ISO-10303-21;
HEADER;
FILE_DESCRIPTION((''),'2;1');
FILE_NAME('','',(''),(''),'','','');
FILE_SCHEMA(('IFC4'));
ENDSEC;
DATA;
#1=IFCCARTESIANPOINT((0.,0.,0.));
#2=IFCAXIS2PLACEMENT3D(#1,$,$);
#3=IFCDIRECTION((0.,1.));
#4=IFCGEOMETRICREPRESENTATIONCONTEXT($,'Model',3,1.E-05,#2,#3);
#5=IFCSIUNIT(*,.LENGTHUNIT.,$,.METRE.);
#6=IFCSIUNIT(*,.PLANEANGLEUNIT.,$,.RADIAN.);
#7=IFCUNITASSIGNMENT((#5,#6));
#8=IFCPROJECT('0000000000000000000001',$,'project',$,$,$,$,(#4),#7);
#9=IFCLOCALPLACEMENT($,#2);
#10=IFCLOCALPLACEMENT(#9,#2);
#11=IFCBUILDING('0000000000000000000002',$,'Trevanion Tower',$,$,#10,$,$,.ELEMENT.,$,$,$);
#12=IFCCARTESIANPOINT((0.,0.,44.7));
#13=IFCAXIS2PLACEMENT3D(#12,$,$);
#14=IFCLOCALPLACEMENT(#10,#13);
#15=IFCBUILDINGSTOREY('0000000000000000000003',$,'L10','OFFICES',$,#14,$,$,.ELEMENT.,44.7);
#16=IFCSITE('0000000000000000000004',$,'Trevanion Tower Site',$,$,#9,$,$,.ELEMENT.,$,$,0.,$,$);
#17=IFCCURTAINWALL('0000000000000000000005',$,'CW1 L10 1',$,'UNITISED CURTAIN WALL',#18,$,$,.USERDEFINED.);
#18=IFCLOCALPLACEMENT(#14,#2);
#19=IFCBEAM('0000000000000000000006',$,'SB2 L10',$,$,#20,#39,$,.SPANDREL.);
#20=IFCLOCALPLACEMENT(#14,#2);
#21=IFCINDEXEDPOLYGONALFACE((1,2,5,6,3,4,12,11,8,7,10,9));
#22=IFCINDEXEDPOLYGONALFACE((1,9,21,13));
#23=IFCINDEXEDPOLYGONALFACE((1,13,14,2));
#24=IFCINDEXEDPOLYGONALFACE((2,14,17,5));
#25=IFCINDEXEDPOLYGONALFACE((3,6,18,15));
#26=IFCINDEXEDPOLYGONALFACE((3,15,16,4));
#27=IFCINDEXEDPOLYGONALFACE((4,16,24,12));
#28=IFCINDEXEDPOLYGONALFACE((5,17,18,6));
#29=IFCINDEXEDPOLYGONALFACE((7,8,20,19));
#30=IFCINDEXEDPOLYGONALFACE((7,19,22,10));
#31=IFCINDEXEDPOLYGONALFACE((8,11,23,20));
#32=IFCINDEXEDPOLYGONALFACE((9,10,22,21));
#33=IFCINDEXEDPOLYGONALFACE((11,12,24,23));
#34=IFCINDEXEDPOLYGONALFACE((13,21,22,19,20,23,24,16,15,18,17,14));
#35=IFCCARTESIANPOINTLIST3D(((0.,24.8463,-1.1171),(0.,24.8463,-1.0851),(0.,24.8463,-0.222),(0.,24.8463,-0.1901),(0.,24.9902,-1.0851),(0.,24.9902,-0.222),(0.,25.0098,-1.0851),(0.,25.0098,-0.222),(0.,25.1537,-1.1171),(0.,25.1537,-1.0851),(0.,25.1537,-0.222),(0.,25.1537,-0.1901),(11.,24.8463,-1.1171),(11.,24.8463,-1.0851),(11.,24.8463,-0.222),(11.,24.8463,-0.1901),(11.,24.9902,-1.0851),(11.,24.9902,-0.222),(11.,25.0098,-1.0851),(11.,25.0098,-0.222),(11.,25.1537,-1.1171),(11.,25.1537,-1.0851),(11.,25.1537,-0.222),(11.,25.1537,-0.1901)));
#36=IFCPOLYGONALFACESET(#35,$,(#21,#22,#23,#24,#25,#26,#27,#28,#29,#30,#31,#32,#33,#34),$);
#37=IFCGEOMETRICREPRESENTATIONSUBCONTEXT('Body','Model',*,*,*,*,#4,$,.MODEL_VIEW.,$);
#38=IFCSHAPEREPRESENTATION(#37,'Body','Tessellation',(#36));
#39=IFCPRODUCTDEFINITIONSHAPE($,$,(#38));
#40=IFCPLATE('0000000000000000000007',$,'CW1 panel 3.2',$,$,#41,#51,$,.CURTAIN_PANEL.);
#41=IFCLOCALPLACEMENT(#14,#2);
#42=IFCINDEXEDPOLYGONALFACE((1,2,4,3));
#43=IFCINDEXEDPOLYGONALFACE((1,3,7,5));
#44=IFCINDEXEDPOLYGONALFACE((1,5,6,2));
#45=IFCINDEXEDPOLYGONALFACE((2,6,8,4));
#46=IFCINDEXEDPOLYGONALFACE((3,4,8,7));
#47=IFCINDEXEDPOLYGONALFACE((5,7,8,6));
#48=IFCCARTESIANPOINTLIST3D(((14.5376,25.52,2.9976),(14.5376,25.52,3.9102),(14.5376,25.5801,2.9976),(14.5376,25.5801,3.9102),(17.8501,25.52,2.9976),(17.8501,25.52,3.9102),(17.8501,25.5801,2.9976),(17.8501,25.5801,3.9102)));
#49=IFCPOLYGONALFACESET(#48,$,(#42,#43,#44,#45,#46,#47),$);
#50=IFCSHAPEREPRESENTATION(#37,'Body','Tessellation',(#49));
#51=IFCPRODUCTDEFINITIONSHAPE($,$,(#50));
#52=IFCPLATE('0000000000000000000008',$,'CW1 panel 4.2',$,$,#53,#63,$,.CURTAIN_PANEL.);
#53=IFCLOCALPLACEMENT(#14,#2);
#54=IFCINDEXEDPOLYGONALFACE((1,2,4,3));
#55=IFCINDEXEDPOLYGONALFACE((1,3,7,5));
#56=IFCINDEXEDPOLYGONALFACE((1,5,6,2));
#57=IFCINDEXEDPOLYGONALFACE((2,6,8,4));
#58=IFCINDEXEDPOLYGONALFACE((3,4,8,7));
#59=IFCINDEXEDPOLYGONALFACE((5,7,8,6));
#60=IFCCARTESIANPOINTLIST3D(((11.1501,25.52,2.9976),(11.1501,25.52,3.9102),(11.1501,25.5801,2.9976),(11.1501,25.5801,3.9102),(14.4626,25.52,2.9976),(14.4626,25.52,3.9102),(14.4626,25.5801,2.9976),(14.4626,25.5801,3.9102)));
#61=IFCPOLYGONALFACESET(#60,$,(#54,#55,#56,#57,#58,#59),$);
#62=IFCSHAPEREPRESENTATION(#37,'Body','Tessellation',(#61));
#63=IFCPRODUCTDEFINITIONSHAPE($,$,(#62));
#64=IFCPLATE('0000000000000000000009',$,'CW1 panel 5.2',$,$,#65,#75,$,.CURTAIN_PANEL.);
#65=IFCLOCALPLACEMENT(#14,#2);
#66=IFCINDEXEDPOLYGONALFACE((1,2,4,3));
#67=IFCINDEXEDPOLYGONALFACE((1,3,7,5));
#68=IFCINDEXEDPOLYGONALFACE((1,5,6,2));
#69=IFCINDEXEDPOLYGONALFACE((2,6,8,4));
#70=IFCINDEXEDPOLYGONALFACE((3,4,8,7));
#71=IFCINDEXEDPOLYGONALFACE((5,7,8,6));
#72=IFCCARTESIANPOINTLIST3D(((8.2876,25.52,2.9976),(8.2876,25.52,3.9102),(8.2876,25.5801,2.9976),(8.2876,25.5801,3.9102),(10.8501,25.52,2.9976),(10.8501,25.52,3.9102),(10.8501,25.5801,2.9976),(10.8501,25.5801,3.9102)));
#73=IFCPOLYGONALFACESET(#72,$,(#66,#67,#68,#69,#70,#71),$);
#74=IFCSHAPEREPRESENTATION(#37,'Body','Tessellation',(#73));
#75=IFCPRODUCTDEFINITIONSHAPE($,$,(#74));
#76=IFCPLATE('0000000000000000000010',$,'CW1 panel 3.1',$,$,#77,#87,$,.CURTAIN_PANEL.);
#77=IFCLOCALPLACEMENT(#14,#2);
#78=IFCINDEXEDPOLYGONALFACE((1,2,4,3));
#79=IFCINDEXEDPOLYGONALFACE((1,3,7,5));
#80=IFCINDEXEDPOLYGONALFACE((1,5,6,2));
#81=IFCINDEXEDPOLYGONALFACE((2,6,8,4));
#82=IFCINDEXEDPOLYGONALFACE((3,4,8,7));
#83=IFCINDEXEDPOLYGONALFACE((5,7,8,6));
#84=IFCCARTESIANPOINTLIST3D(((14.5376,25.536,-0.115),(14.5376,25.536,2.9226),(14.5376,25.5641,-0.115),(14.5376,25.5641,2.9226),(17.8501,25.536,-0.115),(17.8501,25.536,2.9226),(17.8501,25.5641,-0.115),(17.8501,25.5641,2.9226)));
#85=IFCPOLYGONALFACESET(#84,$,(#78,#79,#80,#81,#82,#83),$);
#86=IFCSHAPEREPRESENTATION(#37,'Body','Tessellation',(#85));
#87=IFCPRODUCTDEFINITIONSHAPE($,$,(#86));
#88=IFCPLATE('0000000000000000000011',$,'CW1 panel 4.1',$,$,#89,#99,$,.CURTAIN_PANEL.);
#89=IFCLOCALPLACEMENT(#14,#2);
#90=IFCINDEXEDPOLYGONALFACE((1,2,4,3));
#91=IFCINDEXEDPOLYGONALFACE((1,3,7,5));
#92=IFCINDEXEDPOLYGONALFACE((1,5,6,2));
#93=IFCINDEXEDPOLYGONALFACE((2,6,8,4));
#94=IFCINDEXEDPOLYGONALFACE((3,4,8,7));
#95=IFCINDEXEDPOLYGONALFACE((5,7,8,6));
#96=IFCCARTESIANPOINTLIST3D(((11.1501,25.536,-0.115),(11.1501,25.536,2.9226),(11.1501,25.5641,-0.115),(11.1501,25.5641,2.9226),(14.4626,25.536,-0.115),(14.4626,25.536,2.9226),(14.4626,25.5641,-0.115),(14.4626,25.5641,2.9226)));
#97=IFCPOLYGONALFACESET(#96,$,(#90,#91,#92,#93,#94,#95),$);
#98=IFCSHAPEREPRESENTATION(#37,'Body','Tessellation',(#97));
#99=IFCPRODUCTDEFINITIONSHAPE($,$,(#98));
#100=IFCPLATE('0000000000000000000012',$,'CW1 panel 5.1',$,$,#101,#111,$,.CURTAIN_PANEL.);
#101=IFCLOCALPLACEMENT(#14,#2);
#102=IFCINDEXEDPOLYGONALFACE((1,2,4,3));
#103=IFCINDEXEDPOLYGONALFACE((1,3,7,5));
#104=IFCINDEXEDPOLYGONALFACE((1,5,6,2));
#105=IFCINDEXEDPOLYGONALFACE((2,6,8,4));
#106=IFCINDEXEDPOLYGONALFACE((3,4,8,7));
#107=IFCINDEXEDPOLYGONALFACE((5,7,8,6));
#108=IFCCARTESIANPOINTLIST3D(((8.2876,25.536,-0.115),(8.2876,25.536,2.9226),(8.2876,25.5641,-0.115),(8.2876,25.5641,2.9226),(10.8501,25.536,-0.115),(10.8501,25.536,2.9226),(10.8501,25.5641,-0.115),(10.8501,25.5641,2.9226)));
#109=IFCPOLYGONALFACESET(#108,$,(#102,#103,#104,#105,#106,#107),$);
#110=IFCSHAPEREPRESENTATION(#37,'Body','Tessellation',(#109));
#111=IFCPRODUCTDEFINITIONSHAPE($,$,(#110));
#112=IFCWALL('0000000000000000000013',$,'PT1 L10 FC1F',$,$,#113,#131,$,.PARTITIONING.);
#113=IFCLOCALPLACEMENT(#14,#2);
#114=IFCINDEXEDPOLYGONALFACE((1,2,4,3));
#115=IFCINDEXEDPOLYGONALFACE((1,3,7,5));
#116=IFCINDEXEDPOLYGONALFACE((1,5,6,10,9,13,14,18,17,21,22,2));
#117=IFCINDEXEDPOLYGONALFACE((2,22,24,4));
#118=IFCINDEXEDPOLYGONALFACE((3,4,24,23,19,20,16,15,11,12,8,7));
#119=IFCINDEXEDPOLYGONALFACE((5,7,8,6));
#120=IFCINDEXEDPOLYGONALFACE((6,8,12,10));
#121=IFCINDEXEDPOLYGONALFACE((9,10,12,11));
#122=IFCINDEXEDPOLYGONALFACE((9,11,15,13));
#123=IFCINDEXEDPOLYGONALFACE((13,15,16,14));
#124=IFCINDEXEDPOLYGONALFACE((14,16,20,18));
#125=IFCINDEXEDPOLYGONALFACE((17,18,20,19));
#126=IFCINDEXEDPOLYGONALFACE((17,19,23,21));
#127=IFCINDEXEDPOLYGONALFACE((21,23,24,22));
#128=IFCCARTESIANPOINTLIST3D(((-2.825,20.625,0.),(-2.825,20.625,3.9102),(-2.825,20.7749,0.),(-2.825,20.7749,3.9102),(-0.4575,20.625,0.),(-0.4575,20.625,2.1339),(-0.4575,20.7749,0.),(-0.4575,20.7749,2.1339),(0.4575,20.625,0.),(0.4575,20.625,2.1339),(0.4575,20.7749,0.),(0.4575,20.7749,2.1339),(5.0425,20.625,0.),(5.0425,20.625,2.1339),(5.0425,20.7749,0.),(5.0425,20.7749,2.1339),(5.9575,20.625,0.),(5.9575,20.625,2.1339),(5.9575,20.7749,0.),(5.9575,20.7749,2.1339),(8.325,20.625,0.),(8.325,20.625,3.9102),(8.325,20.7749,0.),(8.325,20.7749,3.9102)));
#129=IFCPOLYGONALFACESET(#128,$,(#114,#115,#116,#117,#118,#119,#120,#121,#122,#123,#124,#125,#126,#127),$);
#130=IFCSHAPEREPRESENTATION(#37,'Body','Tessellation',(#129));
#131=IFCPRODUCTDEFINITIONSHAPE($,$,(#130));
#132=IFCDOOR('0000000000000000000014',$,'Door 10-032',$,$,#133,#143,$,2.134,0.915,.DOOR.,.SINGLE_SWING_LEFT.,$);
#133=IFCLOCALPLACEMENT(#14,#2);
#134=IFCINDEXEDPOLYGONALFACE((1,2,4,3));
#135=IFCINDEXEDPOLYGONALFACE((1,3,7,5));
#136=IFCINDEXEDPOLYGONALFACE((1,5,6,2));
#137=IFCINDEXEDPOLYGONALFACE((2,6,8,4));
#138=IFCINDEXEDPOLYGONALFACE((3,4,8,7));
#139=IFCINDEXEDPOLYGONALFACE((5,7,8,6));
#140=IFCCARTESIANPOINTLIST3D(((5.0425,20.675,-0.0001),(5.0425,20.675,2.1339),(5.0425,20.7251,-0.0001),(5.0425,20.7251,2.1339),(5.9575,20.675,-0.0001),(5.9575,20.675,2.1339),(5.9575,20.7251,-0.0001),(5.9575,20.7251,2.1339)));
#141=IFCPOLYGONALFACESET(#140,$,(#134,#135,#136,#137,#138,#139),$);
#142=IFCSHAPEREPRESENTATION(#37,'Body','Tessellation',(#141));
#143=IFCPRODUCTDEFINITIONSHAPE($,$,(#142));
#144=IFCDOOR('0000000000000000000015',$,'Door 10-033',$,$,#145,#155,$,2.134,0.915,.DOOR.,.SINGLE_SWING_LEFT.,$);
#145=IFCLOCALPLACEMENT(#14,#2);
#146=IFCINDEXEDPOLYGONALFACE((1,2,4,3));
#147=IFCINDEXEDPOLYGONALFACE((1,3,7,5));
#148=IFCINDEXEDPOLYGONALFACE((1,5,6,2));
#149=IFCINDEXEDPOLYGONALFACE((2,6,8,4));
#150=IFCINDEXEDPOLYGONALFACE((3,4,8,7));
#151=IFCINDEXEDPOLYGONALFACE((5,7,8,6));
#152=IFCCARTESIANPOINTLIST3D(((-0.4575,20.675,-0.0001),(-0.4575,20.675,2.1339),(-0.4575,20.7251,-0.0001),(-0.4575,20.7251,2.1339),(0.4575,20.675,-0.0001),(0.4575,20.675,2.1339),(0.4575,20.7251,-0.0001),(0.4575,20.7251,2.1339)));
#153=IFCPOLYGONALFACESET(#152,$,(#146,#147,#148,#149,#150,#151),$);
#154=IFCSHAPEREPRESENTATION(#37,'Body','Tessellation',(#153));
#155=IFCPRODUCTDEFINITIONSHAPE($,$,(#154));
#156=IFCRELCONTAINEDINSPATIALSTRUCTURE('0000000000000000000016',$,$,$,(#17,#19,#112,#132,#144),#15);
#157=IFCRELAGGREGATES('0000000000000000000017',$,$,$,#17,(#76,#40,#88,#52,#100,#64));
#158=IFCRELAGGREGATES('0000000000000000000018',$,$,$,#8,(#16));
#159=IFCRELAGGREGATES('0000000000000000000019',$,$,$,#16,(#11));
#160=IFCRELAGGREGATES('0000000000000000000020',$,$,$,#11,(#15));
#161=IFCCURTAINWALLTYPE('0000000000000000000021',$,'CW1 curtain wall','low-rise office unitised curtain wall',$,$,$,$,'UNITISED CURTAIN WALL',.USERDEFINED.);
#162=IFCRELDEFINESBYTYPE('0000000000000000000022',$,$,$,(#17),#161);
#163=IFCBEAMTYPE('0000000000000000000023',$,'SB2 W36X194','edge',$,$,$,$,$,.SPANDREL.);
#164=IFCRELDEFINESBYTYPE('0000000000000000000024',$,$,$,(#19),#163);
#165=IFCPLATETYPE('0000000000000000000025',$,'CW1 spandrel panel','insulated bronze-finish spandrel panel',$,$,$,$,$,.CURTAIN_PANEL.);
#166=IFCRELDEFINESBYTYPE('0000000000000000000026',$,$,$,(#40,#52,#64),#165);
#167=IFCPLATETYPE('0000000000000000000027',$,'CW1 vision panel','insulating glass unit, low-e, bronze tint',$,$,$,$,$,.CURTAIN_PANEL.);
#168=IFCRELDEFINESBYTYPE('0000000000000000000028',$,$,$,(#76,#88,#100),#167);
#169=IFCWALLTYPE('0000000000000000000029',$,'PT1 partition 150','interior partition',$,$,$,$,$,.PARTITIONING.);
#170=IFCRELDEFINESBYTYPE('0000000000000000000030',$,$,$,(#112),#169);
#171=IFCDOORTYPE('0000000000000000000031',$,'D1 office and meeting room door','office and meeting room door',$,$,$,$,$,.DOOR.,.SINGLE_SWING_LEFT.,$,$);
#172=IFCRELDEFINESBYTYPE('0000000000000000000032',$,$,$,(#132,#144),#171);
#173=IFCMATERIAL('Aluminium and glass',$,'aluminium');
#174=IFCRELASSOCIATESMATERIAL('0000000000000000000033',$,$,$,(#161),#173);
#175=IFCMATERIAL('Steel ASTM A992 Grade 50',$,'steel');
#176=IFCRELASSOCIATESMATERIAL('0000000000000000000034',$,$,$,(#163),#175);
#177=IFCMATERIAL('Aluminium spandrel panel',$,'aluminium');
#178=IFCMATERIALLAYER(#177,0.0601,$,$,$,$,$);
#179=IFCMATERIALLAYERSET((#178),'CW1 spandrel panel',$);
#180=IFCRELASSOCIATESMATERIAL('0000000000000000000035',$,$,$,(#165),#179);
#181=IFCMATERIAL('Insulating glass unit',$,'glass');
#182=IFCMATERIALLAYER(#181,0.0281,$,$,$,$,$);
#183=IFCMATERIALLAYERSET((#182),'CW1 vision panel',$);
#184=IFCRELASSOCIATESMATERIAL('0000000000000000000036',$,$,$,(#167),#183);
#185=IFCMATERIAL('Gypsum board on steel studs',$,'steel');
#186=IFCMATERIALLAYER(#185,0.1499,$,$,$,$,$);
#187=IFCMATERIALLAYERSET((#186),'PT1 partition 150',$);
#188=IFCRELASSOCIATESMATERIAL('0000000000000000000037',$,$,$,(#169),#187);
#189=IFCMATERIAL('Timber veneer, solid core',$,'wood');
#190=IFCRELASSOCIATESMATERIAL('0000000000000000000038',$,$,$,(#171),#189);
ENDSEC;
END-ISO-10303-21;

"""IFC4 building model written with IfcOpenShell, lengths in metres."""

from ifc_helpers import new_model, si_unit, direction, frame, frame_2d, origin, origin_2d, place, context, subcontext, project, spatial, rectangle, i_section, extrude, material, layer, layer_set, material_profile, profile_set, type_object, element, fill, aggregate, save


model = new_model("IFC4")

# Units and contexts
model_context = context("Model", 3, precision=1e-05, world=origin(), true_north=direction((0.0, 1.0)))
body_context = subcontext(model_context, "Body", "Model", "MODEL_VIEW")
ifc_project = project(units=[si_unit("LENGTHUNIT", "METRE"), si_unit("PLANEANGLEUNIT", "RADIAN")], contexts=[model_context])

# Site, building, storey
site_placement = place(None, origin())
site = spatial("IfcSite", under=ifc_project, at=site_placement, Name="Trevanion Tower Site", CompositionType="ELEMENT", RefElevation=0.0)
building_placement = place(site_placement, origin())
building = spatial("IfcBuilding", under=site, at=building_placement, Name="Trevanion Tower", CompositionType="ELEMENT")
storey_placement = place(building_placement, frame((0.0, 0.0, 44.7)))
storey = spatial("IfcBuildingStorey", under=building, at=storey_placement, Name="L10", Description="OFFICES", CompositionType="ELEMENT", Elevation=44.7)

# Curtain wall
ifc_material_1 = material(Name="Aluminium and glass", Category="aluminium")
curtain_wall_type = type_object("IfcCurtainWallType", Name="CW1 curtain wall", Description="low-rise office unitised curtain wall", ElementType="UNITISED CURTAIN WALL", PredefinedType="USERDEFINED", material=ifc_material_1)
curtain_wall_placement = place(storey_placement, origin())
curtain_wall = element("IfcCurtainWall", 1, at=curtain_wall_placement, inside=storey, type_object=curtain_wall_type, Name="CW1 L10 1", ObjectType="UNITISED CURTAIN WALL", PredefinedType="USERDEFINED")

# Beam
ifc_material_2 = material(Name="Steel ASTM A992 Grade 50", Category="steel")
ifc_material_profile_1 = material_profile(ifc_material_2, i_section(OverallWidth=0.3074, OverallDepth=0.927, WebThickness=0.0195, FlangeThickness=0.032, at=origin_2d()), Name="W36X194")
ifc_profile_set_1 = profile_set([ifc_material_profile_1], Name="Steel ASTM A992 Grade 50")
beam_type = type_object("IfcBeamType", Name="SB2 W36X194", Description="edge", PredefinedType="SPANDREL", material=ifc_profile_set_1)
beam_1_placement = place(storey_placement, frame((11.0, 25.0, -0.6536), z_axis=(-1.0, 0.0, 0.0), x_axis=(0.0, -1.0, 0.0)))
element("IfcBeam", 2, at=beam_1_placement, inside=storey, type_object=beam_type, Name="SB2 L10", PredefinedType="SPANDREL", context=body_context, shape_type="SweptSolid", body=[
    extrude(i_section(OverallWidth=0.3074, OverallDepth=0.927, WebThickness=0.0195, FlangeThickness=0.032, at=origin_2d()), origin(), (0.0, 0.0, 1.0), 11.0),
])

# Plates
ifc_material_3 = material(Name="Aluminium spandrel panel", Category="aluminium")
ifc_layer_1 = layer(ifc_material_3, 0.0601)
ifc_layer_set_1 = layer_set([ifc_layer_1], Name="CW1 spandrel panel")
plate_type_1 = type_object("IfcPlateType", Name="CW1 spandrel panel", Description="insulated bronze-finish spandrel panel", PredefinedType="CURTAIN_PANEL", material=ifc_layer_set_1)
plate_1_placement = place(storey_placement, frame((16.1938, 25.55, 2.9976), z_axis=(0.0, 0.0, 1.0), x_axis=(-1.0, 0.0, 0.0)))
plate_1 = element("IfcPlate", 3, at=plate_1_placement, type_object=plate_type_1, Name="CW1 panel 3.2", PredefinedType="CURTAIN_PANEL", context=body_context, shape_type="SweptSolid", body=[
    extrude(rectangle(XDim=3.3125, YDim=0.0601, at=origin_2d()), origin(), (0.0, 0.0, 1.0), 0.9126),
])
plate_2_placement = place(storey_placement, frame((12.8064, 25.55, 2.9976), z_axis=(0.0, 0.0, 1.0), x_axis=(-1.0, 0.0, 0.0)))
plate_2 = element("IfcPlate", 4, at=plate_2_placement, type_object=plate_type_1, Name="CW1 panel 4.2", PredefinedType="CURTAIN_PANEL", context=body_context, shape_type="SweptSolid", body=[
    extrude(rectangle(XDim=3.3125, YDim=0.0601, at=origin_2d()), origin(), (0.0, 0.0, 1.0), 0.9126),
])
plate_3_placement = place(storey_placement, frame((9.5688, 25.55, 2.9976), z_axis=(0.0, 0.0, 1.0), x_axis=(-1.0, 0.0, 0.0)))
plate_3 = element("IfcPlate", 5, at=plate_3_placement, type_object=plate_type_1, Name="CW1 panel 5.2", PredefinedType="CURTAIN_PANEL", context=body_context, shape_type="SweptSolid", body=[
    extrude(rectangle(XDim=2.5625, YDim=0.0601, at=origin_2d()), origin(), (0.0, 0.0, 1.0), 0.9126),
])
ifc_material_4 = material(Name="Insulating glass unit", Category="glass")
ifc_layer_2 = layer(ifc_material_4, 0.0281)
ifc_layer_set_2 = layer_set([ifc_layer_2], Name="CW1 vision panel")
plate_type_2 = type_object("IfcPlateType", Name="CW1 vision panel", Description="insulating glass unit, low-e, bronze tint", PredefinedType="CURTAIN_PANEL", material=ifc_layer_set_2)
plate_4_placement = place(storey_placement, frame((16.1938, 25.55, -0.115), z_axis=(0.0, 0.0, 1.0), x_axis=(-1.0, 0.0, 0.0)))
plate_4 = element("IfcPlate", 6, at=plate_4_placement, type_object=plate_type_2, Name="CW1 panel 3.1", PredefinedType="CURTAIN_PANEL", context=body_context, shape_type="SweptSolid", body=[
    extrude(rectangle(XDim=3.3125, YDim=0.0281, at=origin_2d()), origin(), (0.0, 0.0, 1.0), 3.0376),
])
plate_5_placement = place(storey_placement, frame((12.8064, 25.55, -0.115), z_axis=(0.0, 0.0, 1.0), x_axis=(-1.0, 0.0, 0.0)))
plate_5 = element("IfcPlate", 7, at=plate_5_placement, type_object=plate_type_2, Name="CW1 panel 4.1", PredefinedType="CURTAIN_PANEL", context=body_context, shape_type="SweptSolid", body=[
    extrude(rectangle(XDim=3.3125, YDim=0.0281, at=origin_2d()), origin(), (0.0, 0.0, 1.0), 3.0376),
])
plate_6_placement = place(storey_placement, frame((9.5688, 25.55, -0.115), z_axis=(0.0, 0.0, 1.0), x_axis=(-1.0, 0.0, 0.0)))
plate_6 = element("IfcPlate", 8, at=plate_6_placement, type_object=plate_type_2, Name="CW1 panel 5.1", PredefinedType="CURTAIN_PANEL", context=body_context, shape_type="SweptSolid", body=[
    extrude(rectangle(XDim=2.5625, YDim=0.0281, at=origin_2d()), origin(), (0.0, 0.0, 1.0), 3.0376),
])
aggregate(curtain_wall, [plate_4, plate_1, plate_5, plate_2, plate_6, plate_3])

# Wall, openings, doors
ifc_material_5 = material(Name="Gypsum board on steel studs", Category="steel")
ifc_layer_3 = layer(ifc_material_5, 0.1499)
ifc_layer_set_3 = layer_set([ifc_layer_3], Name="PT1 partition 150")
wall_type = type_object("IfcWallType", Name="PT1 partition 150", Description="interior partition", PredefinedType="PARTITIONING", material=ifc_layer_set_3)
wall_placement = place(storey_placement, frame((8.325, 20.7, 0.0), z_axis=(0.0, 0.0, 1.0), x_axis=(-1.0, 0.0, 0.0)))
wall = element("IfcWall", 9, at=wall_placement, inside=storey, type_object=wall_type, Name="PT1 L10 FC1F", PredefinedType="PARTITIONING", context=body_context, shape_type="SweptSolid", body=[
    extrude(rectangle(XDim=11.1499, YDim=0.1499, at=frame_2d((5.575, 0.0))), origin(), (0.0, 0.0, 1.0), 3.9102),
])
opening_1_placement = place(wall_placement, frame((2.3674, 0.0, 0.0)))
opening_1 = element("IfcOpeningElement", 10, at=opening_1_placement, cuts=wall, PredefinedType="OPENING", context=body_context, shape_type="SweptSolid", body=[
    extrude(rectangle(XDim=0.915, YDim=2.134, at=frame_2d((0.4575, 1.0669))), frame((0.0, 0.085, 0.0), z_axis=(0.0, -1.0, 0.0), x_axis=(1.0, 0.0, 0.0)), (0.0, 0.0, 1.0), 0.1699),
])
opening_2_placement = place(wall_placement, frame((7.8674, 0.0, 0.0)))
opening_2 = element("IfcOpeningElement", 11, at=opening_2_placement, cuts=wall, PredefinedType="OPENING", context=body_context, shape_type="SweptSolid", body=[
    extrude(rectangle(XDim=0.915, YDim=2.134, at=frame_2d((0.4575, 1.0669))), frame((0.0, 0.085, 0.0), z_axis=(0.0, -1.0, 0.0), x_axis=(1.0, 0.0, 0.0)), (0.0, 0.0, 1.0), 0.1699),
])
ifc_material_6 = material(Name="Timber veneer, solid core", Category="wood")
door_type = type_object("IfcDoorType", Name="D1 office and meeting room door", Description="office and meeting room door", OperationType="SINGLE_SWING_LEFT", PredefinedType="DOOR", material=ifc_material_6)
door_1_placement = place(opening_1_placement, origin())
door_1 = element("IfcDoor", 12, at=door_1_placement, inside=storey, type_object=door_type, Name="Door 10-032", OperationType="SINGLE_SWING_LEFT", OverallHeight=2.134, OverallWidth=0.915, PredefinedType="DOOR", context=body_context, shape_type="SweptSolid", body=[
    extrude(rectangle(XDim=0.915, YDim=2.134, at=frame_2d((0.4575, 1.0669))), frame((0.0, 0.0249, 0.0), z_axis=(0.0, -1.0, 0.0), x_axis=(1.0, 0.0, 0.0)), (0.0, 0.0, 1.0), 0.05),
])
fill(opening_1, door_1)
door_2_placement = place(opening_2_placement, origin())
door_2 = element("IfcDoor", 13, at=door_2_placement, inside=storey, type_object=door_type, Name="Door 10-033", OperationType="SINGLE_SWING_LEFT", OverallHeight=2.134, OverallWidth=0.915, PredefinedType="DOOR", context=body_context, shape_type="SweptSolid", body=[
    extrude(rectangle(XDim=0.915, YDim=2.134, at=frame_2d((0.4575, 1.0669))), frame((0.0, 0.0249, 0.0), z_axis=(0.0, -1.0, 0.0), x_axis=(1.0, 0.0, 0.0)), (0.0, 0.0, 1.0), 0.05),
])
fill(opening_2, door_2)

save(model, "model.ifc")
